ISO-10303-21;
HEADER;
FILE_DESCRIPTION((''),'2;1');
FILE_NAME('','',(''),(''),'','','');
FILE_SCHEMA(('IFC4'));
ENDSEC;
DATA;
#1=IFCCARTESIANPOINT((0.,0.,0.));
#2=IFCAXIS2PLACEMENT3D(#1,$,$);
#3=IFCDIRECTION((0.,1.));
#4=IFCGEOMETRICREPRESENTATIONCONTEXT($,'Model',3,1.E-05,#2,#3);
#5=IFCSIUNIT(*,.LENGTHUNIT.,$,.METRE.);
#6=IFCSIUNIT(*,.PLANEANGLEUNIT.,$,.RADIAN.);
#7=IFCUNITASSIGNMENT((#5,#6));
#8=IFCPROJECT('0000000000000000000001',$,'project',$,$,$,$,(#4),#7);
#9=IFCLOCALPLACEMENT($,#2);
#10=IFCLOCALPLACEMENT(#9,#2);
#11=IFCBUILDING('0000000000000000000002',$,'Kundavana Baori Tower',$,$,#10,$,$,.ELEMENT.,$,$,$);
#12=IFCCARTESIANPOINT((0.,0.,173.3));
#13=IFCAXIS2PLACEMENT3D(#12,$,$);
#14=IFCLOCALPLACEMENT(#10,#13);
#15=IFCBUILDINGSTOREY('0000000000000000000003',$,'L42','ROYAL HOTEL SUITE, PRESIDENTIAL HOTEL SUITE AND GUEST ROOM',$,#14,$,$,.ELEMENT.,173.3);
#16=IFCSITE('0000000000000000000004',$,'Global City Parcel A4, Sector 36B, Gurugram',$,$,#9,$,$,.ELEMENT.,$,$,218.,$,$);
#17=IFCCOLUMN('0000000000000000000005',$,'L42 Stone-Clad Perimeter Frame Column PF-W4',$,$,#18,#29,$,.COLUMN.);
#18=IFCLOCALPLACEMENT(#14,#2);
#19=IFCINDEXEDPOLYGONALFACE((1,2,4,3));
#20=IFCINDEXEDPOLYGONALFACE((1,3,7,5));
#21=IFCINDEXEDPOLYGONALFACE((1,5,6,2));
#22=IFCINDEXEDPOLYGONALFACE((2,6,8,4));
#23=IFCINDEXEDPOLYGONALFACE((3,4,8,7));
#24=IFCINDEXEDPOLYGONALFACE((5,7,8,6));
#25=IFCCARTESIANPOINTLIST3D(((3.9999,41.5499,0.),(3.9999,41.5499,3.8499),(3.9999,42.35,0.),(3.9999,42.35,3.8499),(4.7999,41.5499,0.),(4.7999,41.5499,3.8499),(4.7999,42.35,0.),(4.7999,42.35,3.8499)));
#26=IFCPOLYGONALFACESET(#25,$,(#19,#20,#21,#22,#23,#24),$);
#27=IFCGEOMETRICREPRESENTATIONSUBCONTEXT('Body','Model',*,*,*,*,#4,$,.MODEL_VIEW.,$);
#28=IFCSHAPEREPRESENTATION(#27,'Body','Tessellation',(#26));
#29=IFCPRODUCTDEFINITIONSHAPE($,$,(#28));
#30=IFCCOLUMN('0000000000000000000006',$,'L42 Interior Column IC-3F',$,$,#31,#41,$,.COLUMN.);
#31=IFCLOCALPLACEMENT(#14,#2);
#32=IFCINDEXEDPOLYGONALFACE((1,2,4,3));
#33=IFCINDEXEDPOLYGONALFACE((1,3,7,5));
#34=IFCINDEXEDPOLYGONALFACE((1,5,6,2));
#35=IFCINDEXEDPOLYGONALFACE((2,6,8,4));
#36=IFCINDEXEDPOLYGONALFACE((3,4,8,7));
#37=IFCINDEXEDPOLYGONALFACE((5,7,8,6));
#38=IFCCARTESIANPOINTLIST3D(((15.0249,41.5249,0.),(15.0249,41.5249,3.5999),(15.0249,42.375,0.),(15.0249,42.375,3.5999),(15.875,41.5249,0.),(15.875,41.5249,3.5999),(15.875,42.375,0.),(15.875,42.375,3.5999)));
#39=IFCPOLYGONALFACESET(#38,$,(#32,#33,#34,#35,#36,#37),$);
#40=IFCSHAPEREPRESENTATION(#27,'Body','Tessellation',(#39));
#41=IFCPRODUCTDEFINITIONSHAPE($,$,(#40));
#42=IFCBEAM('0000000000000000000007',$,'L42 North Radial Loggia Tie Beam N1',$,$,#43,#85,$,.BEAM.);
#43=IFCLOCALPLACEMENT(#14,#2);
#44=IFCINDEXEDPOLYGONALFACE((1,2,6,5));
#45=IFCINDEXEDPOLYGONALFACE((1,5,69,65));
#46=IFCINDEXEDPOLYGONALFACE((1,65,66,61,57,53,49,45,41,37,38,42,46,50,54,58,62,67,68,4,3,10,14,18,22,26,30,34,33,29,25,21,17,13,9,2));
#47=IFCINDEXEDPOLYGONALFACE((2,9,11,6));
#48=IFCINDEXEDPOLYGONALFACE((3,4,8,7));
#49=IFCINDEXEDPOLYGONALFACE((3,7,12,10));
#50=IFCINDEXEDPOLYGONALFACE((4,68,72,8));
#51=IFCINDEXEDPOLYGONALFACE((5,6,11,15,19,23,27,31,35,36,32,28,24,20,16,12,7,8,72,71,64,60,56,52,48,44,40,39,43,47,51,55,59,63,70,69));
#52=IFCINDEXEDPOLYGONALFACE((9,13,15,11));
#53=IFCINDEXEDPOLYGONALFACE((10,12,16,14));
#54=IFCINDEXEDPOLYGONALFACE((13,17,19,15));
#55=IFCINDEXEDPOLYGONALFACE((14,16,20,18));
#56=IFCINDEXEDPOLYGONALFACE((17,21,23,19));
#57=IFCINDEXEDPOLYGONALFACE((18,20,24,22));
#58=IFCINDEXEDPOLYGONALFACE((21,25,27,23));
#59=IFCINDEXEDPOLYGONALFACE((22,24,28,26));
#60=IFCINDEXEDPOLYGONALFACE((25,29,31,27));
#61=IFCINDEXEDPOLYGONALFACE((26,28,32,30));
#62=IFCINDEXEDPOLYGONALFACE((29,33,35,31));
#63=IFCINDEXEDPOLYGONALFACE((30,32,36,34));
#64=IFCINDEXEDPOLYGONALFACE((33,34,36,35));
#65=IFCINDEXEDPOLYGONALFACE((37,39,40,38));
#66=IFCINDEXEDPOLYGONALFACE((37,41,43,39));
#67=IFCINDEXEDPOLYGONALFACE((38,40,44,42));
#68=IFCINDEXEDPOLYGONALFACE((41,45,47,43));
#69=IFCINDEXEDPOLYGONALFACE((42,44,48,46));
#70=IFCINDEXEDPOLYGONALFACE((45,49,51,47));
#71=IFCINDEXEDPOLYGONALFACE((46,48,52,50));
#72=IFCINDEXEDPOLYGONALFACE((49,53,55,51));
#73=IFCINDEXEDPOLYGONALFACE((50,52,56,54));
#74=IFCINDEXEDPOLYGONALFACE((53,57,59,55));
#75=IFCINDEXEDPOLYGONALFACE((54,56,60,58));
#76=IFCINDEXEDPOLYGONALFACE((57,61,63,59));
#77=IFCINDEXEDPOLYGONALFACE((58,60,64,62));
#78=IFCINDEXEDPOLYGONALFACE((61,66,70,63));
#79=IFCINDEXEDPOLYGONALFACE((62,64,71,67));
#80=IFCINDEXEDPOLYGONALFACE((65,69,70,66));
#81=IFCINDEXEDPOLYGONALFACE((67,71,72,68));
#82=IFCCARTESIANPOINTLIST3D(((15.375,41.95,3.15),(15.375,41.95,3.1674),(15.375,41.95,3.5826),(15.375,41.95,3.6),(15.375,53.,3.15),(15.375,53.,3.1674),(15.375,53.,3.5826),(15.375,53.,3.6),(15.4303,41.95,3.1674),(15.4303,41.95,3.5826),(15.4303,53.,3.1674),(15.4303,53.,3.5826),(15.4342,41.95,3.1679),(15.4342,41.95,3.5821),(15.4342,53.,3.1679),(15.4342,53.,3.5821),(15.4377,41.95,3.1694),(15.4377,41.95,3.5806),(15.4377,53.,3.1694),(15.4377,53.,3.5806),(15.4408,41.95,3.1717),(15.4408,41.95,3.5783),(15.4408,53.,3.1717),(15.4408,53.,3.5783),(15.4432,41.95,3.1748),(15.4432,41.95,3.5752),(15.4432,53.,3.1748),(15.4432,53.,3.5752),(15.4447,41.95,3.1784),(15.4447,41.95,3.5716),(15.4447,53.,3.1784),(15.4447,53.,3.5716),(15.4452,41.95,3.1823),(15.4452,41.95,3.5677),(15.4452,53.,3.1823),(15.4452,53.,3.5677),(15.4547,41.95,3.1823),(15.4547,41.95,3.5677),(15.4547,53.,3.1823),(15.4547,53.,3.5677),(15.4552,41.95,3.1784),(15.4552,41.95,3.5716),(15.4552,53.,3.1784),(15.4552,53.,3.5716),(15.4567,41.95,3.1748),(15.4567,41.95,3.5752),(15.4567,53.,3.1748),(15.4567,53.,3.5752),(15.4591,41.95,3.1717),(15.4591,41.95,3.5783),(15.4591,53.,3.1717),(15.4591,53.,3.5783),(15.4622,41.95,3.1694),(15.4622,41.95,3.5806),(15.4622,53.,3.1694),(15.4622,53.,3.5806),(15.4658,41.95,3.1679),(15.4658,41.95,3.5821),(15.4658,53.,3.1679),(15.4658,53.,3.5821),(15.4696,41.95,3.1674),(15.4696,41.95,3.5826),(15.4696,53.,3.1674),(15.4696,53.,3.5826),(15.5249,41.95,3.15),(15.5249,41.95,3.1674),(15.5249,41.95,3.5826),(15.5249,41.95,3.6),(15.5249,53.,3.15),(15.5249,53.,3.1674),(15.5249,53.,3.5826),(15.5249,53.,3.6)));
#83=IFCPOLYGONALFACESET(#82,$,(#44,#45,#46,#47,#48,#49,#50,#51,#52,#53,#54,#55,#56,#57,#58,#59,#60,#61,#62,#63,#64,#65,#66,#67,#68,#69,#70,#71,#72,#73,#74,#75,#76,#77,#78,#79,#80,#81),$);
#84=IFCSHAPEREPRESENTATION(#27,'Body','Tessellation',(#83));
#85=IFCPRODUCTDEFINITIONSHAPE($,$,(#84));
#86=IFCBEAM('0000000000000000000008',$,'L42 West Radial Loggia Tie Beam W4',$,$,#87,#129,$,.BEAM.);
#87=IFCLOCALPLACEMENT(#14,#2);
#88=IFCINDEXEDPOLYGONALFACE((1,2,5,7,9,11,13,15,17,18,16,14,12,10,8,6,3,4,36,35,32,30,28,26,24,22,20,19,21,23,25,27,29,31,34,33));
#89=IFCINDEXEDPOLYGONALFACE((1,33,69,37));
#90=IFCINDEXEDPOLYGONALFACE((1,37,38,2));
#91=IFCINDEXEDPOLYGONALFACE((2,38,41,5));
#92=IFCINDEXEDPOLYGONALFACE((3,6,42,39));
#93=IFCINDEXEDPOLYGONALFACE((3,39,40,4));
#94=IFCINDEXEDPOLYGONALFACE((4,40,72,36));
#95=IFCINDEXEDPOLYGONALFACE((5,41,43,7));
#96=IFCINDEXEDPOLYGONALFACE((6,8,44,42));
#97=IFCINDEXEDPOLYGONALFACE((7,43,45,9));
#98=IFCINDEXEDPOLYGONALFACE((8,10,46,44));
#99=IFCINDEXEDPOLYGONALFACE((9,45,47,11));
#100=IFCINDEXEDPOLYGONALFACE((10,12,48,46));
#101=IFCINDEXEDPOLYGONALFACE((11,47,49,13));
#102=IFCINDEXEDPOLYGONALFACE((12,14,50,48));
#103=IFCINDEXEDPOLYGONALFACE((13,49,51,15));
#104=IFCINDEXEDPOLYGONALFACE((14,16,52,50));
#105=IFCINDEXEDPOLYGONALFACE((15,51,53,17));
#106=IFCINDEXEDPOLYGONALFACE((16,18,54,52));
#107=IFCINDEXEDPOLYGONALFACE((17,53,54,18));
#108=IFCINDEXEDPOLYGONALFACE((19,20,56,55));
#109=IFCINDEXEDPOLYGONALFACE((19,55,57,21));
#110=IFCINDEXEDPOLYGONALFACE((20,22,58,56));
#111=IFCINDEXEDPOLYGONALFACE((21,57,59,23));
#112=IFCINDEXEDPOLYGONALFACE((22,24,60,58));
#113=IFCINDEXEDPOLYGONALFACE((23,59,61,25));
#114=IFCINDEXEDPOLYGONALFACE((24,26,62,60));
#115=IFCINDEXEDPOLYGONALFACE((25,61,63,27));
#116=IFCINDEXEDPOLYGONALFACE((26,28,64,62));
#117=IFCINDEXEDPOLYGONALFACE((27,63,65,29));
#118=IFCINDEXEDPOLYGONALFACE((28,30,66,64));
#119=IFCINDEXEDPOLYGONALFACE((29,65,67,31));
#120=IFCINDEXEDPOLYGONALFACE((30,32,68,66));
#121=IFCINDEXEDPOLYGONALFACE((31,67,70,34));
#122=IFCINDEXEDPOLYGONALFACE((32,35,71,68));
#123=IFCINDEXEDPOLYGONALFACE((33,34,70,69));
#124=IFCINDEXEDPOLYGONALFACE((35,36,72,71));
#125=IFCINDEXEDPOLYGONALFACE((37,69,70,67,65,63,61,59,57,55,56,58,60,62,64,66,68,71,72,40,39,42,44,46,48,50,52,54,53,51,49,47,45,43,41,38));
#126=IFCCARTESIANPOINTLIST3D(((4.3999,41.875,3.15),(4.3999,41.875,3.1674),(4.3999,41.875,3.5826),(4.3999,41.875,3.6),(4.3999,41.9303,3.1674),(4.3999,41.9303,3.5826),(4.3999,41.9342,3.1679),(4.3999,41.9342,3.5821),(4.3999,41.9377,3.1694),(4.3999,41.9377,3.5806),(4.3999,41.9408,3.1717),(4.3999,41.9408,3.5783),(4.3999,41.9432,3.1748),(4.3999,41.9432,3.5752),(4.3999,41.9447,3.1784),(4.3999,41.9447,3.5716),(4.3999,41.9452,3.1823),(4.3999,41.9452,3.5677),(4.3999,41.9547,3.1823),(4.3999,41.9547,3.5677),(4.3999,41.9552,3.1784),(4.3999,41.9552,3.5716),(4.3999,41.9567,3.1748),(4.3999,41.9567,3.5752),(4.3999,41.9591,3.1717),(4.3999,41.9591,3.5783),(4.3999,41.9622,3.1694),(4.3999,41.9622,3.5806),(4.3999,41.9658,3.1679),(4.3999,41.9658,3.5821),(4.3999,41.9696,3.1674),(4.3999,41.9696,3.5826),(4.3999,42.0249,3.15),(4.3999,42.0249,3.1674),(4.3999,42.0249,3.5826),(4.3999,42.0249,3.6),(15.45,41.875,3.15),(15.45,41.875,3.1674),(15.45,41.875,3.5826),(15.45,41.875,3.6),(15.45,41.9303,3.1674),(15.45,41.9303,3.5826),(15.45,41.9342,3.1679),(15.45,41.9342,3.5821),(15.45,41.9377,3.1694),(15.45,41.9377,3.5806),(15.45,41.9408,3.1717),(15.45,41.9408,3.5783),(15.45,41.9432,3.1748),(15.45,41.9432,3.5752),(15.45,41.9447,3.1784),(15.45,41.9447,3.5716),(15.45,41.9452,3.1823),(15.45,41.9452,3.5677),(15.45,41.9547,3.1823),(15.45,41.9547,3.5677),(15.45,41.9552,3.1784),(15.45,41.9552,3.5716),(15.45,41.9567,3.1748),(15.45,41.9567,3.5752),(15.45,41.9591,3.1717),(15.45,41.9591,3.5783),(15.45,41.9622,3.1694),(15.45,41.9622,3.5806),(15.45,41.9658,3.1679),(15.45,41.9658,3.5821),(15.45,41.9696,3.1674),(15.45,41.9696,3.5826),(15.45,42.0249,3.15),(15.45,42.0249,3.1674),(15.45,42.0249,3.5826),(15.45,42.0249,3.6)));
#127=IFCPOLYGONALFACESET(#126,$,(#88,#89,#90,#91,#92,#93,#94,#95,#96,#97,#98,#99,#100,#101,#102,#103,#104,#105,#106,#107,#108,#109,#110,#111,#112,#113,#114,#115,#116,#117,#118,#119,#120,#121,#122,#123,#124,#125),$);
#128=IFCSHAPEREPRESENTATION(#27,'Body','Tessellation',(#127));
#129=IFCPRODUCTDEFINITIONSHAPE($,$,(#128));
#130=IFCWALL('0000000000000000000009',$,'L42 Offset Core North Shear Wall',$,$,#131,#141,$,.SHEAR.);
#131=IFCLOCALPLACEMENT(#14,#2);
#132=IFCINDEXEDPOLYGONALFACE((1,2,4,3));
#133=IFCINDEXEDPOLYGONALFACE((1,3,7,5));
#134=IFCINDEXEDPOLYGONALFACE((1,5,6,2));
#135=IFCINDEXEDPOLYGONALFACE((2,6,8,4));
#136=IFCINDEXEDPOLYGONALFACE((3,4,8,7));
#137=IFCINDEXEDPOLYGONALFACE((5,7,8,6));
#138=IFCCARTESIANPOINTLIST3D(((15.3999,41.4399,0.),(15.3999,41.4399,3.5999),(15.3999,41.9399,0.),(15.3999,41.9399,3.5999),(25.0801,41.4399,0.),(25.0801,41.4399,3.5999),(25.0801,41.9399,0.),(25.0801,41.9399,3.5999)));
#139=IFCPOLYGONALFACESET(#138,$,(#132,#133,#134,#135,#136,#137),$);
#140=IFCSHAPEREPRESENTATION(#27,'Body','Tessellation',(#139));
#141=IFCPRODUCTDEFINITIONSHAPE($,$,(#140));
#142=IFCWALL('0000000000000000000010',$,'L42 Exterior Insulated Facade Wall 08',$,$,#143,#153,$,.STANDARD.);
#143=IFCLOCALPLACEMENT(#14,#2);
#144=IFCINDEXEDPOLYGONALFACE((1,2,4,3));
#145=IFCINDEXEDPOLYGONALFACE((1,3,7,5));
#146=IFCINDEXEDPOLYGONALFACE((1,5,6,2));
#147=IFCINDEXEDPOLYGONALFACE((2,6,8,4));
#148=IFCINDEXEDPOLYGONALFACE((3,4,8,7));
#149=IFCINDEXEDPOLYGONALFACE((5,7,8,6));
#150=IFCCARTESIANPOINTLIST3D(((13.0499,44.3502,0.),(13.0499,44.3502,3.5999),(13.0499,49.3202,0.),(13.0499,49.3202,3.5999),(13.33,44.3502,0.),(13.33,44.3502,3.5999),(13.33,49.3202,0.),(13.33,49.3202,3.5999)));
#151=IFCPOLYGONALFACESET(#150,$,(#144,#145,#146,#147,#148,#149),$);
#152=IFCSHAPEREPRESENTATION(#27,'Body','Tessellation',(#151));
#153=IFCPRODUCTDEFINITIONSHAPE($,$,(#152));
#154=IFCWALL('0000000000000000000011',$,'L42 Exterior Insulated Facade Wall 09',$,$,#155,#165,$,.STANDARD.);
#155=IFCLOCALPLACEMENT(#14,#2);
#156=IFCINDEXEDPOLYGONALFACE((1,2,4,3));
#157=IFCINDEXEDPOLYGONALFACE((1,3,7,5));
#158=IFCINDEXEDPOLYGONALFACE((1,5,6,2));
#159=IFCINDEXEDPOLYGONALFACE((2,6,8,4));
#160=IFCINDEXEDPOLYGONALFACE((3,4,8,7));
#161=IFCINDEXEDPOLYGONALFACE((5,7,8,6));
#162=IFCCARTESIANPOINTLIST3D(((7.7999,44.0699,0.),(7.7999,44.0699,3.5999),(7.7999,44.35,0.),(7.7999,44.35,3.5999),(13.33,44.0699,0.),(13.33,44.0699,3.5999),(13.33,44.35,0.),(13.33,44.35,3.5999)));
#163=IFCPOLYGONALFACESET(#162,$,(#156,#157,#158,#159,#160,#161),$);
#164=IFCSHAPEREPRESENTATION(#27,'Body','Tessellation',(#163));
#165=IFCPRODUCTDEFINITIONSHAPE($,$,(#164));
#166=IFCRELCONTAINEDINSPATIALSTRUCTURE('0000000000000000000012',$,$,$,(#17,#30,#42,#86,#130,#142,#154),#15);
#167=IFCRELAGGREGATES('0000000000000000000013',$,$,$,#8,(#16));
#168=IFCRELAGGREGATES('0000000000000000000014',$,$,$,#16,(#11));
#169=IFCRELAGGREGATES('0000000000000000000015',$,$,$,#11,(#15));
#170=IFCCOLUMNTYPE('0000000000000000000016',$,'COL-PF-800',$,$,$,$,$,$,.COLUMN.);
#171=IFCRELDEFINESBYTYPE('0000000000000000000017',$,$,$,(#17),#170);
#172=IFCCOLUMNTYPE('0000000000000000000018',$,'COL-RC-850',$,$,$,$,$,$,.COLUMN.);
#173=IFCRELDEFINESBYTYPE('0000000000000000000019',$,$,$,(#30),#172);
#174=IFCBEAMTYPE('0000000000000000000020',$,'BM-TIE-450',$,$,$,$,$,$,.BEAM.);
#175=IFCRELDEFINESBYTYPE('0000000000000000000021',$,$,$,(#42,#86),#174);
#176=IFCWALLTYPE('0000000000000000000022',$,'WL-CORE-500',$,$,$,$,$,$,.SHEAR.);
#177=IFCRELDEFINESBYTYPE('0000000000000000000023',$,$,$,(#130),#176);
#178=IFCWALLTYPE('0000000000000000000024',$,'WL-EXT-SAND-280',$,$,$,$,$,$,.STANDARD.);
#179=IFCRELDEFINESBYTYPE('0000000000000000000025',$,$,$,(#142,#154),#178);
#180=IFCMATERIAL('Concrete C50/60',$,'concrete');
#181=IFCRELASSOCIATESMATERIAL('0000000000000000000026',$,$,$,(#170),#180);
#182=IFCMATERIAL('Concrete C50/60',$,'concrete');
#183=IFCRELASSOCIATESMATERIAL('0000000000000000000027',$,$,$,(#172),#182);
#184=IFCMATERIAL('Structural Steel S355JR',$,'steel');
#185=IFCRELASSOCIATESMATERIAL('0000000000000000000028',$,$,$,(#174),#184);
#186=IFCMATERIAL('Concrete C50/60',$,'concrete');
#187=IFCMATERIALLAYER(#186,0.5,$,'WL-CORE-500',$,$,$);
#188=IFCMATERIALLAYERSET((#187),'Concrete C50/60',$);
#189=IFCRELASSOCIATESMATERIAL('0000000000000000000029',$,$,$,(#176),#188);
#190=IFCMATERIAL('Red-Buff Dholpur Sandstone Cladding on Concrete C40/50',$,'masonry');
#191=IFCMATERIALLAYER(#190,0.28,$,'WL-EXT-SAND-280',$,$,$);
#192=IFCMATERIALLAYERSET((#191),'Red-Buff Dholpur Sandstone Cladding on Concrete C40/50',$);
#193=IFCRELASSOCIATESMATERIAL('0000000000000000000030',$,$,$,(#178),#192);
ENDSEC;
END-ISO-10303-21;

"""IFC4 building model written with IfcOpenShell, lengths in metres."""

from ifc_helpers import new_model, si_unit, direction, frame, frame_2d, origin, origin_2d, place, context, subcontext, project, spatial, rectangle, i_section, extrude, material, layer, layer_set, material_profile, profile_set, type_object, element, save


model = new_model("IFC4")

# Units and contexts
model_context = context("Model", 3, precision=1e-05, world=origin(), true_north=direction((0.0, 1.0)))
body_context = subcontext(model_context, "Body", "Model", "MODEL_VIEW")
ifc_project = project(units=[si_unit("LENGTHUNIT", "METRE"), si_unit("PLANEANGLEUNIT", "RADIAN")], contexts=[model_context])

# Site, building, storey
site_placement = place(None, origin())
site = spatial("IfcSite", under=ifc_project, at=site_placement, Name="Global City Parcel A4, Sector 36B, Gurugram", CompositionType="ELEMENT", RefElevation=218.0)
building_placement = place(site_placement, origin())
building = spatial("IfcBuilding", under=site, at=building_placement, Name="Kundavana Baori Tower", CompositionType="ELEMENT")
storey_placement = place(building_placement, frame((0.0, 0.0, 173.3)))
storey = spatial("IfcBuildingStorey", under=building, at=storey_placement, Name="L42", Description="ROYAL HOTEL SUITE, PRESIDENTIAL HOTEL SUITE AND GUEST ROOM", CompositionType="ELEMENT", Elevation=173.3)

# Columns
ifc_material_1 = material(Name="Concrete C50/60", Category="concrete")
ifc_material_profile_1 = material_profile(ifc_material_1, rectangle(XDim=0.8, YDim=0.8, at=origin_2d()), Name="RC PF 800x800")
ifc_profile_set_1 = profile_set([ifc_material_profile_1], Name="Concrete C50/60")
column_type_1 = type_object("IfcColumnType", Name="COL-PF-800", PredefinedType="COLUMN", material=ifc_profile_set_1)
column_1_placement = place(storey_placement, frame((4.3999, 41.95, 0.0), z_axis=(0.0, 0.0, 1.0), x_axis=(1.0, 0.0, 0.0)))
element("IfcColumn", 1, at=column_1_placement, inside=storey, type_object=column_type_1, Name="L42 Stone-Clad Perimeter Frame Column PF-W4", PredefinedType="COLUMN", context=body_context, shape_type="SweptSolid", body=[
    extrude(rectangle(XDim=0.8, YDim=0.8, at=origin_2d()), origin(), (0.0, 0.0, 1.0), 3.8499),
])
ifc_material_2 = material(Name="Concrete C50/60", Category="concrete")
ifc_material_profile_2 = material_profile(ifc_material_2, rectangle(XDim=0.8501, YDim=0.8501, at=origin_2d()), Name="RC 850x850")
ifc_profile_set_2 = profile_set([ifc_material_profile_2], Name="Concrete C50/60")
column_type_2 = type_object("IfcColumnType", Name="COL-RC-850", PredefinedType="COLUMN", material=ifc_profile_set_2)
column_2_placement = place(storey_placement, frame((15.45, 41.95, 0.0), z_axis=(0.0, 0.0, 1.0), x_axis=(1.0, 0.0, 0.0)))
element("IfcColumn", 2, at=column_2_placement, inside=storey, type_object=column_type_2, Name="L42 Interior Column IC-3F", PredefinedType="COLUMN", context=body_context, shape_type="SweptSolid", body=[
    extrude(rectangle(XDim=0.8501, YDim=0.8501, at=origin_2d()), origin(), (0.0, 0.0, 1.0), 3.5999),
])

# Beams
ifc_material_3 = material(Name="Structural Steel S355JR", Category="steel")
ifc_material_profile_3 = material_profile(ifc_material_3, i_section(OverallWidth=0.1499, OverallDepth=0.45, WebThickness=0.0095, FlangeThickness=0.0173, FilletRadius=0.0149, at=origin_2d()), Name="ISMB 450")
ifc_profile_set_3 = profile_set([ifc_material_profile_3], Name="Structural Steel S355JR")
beam_type = type_object("IfcBeamType", Name="BM-TIE-450", PredefinedType="BEAM", material=ifc_profile_set_3)
for number, where, z_axis, x_axis, name in (
    (3, (15.45, 41.95, 3.375), (0.0, 1.0, 0.0), (-1.0, 0.0, 0.0), "L42 North Radial Loggia Tie Beam N1"),
    (4, (15.45, 41.95, 3.375), (-1.0, 0.0, 0.0), (0.0, -1.0, 0.0), "L42 West Radial Loggia Tie Beam W4"),
):
    element("IfcBeam", number, at=place(storey_placement, frame(where, z_axis=z_axis, x_axis=x_axis)), inside=storey, type_object=beam_type, Name=name, PredefinedType="BEAM", context=body_context, shape_type="SweptSolid", body=[
        extrude(i_section(OverallWidth=0.1499, OverallDepth=0.45, WebThickness=0.0095, FlangeThickness=0.0173, FilletRadius=0.0149, at=origin_2d()), origin(), (0.0, 0.0, 1.0), 11.05),
    ])

# Walls
ifc_material_4 = material(Name="Concrete C50/60", Category="concrete")
ifc_layer_1 = layer(ifc_material_4, 0.5, Name="WL-CORE-500")
ifc_layer_set_1 = layer_set([ifc_layer_1], Name="Concrete C50/60")
wall_type_1 = type_object("IfcWallType", Name="WL-CORE-500", PredefinedType="SHEAR", material=ifc_layer_set_1)
wall_1_placement = place(storey_placement, frame((15.3999, 41.6899, 0.0), z_axis=(0.0, 0.0, 1.0), x_axis=(1.0, 0.0, 0.0)))
element("IfcWall", 5, at=wall_1_placement, inside=storey, type_object=wall_type_1, Name="L42 Offset Core North Shear Wall", PredefinedType="SHEAR", context=body_context, shape_type="SweptSolid", body=[
    extrude(rectangle(XDim=9.6802, YDim=0.5, at=frame_2d((4.8401, 0.0))), origin(), (0.0, 0.0, 1.0), 3.5999),
])
ifc_material_5 = material(Name="Red-Buff Dholpur Sandstone Cladding on Concrete C40/50", Category="masonry")
ifc_layer_2 = layer(ifc_material_5, 0.28, Name="WL-EXT-SAND-280")
ifc_layer_set_2 = layer_set([ifc_layer_2], Name="Red-Buff Dholpur Sandstone Cladding on Concrete C40/50")
wall_type_2 = type_object("IfcWallType", Name="WL-EXT-SAND-280", PredefinedType="STANDARD", material=ifc_layer_set_2)
wall_2_placement = place(storey_placement, frame((13.1899, 49.3201, 0.0), z_axis=(0.0, 0.0, 1.0), x_axis=(0.0, -1.0, 0.0)))
element("IfcWall", 6, at=wall_2_placement, inside=storey, type_object=wall_type_2, Name="L42 Exterior Insulated Facade Wall 08", PredefinedType="STANDARD", context=body_context, shape_type="SweptSolid", body=[
    extrude(rectangle(XDim=4.97, YDim=0.28, at=frame_2d((2.4849, 0.0))), origin(), (0.0, 0.0, 1.0), 3.5999),
])
wall_3_placement = place(storey_placement, frame((13.3301, 44.21, 0.0), z_axis=(0.0, 0.0, 1.0), x_axis=(-1.0, 0.0, 0.0)))
element("IfcWall", 7, at=wall_3_placement, inside=storey, type_object=wall_type_2, Name="L42 Exterior Insulated Facade Wall 09", PredefinedType="STANDARD", context=body_context, shape_type="SweptSolid", body=[
    extrude(rectangle(XDim=5.53, YDim=0.28, at=frame_2d((2.7651, 0.0))), origin(), (0.0, 0.0, 1.0), 3.5999),
])

save(model, "model.ifc")
